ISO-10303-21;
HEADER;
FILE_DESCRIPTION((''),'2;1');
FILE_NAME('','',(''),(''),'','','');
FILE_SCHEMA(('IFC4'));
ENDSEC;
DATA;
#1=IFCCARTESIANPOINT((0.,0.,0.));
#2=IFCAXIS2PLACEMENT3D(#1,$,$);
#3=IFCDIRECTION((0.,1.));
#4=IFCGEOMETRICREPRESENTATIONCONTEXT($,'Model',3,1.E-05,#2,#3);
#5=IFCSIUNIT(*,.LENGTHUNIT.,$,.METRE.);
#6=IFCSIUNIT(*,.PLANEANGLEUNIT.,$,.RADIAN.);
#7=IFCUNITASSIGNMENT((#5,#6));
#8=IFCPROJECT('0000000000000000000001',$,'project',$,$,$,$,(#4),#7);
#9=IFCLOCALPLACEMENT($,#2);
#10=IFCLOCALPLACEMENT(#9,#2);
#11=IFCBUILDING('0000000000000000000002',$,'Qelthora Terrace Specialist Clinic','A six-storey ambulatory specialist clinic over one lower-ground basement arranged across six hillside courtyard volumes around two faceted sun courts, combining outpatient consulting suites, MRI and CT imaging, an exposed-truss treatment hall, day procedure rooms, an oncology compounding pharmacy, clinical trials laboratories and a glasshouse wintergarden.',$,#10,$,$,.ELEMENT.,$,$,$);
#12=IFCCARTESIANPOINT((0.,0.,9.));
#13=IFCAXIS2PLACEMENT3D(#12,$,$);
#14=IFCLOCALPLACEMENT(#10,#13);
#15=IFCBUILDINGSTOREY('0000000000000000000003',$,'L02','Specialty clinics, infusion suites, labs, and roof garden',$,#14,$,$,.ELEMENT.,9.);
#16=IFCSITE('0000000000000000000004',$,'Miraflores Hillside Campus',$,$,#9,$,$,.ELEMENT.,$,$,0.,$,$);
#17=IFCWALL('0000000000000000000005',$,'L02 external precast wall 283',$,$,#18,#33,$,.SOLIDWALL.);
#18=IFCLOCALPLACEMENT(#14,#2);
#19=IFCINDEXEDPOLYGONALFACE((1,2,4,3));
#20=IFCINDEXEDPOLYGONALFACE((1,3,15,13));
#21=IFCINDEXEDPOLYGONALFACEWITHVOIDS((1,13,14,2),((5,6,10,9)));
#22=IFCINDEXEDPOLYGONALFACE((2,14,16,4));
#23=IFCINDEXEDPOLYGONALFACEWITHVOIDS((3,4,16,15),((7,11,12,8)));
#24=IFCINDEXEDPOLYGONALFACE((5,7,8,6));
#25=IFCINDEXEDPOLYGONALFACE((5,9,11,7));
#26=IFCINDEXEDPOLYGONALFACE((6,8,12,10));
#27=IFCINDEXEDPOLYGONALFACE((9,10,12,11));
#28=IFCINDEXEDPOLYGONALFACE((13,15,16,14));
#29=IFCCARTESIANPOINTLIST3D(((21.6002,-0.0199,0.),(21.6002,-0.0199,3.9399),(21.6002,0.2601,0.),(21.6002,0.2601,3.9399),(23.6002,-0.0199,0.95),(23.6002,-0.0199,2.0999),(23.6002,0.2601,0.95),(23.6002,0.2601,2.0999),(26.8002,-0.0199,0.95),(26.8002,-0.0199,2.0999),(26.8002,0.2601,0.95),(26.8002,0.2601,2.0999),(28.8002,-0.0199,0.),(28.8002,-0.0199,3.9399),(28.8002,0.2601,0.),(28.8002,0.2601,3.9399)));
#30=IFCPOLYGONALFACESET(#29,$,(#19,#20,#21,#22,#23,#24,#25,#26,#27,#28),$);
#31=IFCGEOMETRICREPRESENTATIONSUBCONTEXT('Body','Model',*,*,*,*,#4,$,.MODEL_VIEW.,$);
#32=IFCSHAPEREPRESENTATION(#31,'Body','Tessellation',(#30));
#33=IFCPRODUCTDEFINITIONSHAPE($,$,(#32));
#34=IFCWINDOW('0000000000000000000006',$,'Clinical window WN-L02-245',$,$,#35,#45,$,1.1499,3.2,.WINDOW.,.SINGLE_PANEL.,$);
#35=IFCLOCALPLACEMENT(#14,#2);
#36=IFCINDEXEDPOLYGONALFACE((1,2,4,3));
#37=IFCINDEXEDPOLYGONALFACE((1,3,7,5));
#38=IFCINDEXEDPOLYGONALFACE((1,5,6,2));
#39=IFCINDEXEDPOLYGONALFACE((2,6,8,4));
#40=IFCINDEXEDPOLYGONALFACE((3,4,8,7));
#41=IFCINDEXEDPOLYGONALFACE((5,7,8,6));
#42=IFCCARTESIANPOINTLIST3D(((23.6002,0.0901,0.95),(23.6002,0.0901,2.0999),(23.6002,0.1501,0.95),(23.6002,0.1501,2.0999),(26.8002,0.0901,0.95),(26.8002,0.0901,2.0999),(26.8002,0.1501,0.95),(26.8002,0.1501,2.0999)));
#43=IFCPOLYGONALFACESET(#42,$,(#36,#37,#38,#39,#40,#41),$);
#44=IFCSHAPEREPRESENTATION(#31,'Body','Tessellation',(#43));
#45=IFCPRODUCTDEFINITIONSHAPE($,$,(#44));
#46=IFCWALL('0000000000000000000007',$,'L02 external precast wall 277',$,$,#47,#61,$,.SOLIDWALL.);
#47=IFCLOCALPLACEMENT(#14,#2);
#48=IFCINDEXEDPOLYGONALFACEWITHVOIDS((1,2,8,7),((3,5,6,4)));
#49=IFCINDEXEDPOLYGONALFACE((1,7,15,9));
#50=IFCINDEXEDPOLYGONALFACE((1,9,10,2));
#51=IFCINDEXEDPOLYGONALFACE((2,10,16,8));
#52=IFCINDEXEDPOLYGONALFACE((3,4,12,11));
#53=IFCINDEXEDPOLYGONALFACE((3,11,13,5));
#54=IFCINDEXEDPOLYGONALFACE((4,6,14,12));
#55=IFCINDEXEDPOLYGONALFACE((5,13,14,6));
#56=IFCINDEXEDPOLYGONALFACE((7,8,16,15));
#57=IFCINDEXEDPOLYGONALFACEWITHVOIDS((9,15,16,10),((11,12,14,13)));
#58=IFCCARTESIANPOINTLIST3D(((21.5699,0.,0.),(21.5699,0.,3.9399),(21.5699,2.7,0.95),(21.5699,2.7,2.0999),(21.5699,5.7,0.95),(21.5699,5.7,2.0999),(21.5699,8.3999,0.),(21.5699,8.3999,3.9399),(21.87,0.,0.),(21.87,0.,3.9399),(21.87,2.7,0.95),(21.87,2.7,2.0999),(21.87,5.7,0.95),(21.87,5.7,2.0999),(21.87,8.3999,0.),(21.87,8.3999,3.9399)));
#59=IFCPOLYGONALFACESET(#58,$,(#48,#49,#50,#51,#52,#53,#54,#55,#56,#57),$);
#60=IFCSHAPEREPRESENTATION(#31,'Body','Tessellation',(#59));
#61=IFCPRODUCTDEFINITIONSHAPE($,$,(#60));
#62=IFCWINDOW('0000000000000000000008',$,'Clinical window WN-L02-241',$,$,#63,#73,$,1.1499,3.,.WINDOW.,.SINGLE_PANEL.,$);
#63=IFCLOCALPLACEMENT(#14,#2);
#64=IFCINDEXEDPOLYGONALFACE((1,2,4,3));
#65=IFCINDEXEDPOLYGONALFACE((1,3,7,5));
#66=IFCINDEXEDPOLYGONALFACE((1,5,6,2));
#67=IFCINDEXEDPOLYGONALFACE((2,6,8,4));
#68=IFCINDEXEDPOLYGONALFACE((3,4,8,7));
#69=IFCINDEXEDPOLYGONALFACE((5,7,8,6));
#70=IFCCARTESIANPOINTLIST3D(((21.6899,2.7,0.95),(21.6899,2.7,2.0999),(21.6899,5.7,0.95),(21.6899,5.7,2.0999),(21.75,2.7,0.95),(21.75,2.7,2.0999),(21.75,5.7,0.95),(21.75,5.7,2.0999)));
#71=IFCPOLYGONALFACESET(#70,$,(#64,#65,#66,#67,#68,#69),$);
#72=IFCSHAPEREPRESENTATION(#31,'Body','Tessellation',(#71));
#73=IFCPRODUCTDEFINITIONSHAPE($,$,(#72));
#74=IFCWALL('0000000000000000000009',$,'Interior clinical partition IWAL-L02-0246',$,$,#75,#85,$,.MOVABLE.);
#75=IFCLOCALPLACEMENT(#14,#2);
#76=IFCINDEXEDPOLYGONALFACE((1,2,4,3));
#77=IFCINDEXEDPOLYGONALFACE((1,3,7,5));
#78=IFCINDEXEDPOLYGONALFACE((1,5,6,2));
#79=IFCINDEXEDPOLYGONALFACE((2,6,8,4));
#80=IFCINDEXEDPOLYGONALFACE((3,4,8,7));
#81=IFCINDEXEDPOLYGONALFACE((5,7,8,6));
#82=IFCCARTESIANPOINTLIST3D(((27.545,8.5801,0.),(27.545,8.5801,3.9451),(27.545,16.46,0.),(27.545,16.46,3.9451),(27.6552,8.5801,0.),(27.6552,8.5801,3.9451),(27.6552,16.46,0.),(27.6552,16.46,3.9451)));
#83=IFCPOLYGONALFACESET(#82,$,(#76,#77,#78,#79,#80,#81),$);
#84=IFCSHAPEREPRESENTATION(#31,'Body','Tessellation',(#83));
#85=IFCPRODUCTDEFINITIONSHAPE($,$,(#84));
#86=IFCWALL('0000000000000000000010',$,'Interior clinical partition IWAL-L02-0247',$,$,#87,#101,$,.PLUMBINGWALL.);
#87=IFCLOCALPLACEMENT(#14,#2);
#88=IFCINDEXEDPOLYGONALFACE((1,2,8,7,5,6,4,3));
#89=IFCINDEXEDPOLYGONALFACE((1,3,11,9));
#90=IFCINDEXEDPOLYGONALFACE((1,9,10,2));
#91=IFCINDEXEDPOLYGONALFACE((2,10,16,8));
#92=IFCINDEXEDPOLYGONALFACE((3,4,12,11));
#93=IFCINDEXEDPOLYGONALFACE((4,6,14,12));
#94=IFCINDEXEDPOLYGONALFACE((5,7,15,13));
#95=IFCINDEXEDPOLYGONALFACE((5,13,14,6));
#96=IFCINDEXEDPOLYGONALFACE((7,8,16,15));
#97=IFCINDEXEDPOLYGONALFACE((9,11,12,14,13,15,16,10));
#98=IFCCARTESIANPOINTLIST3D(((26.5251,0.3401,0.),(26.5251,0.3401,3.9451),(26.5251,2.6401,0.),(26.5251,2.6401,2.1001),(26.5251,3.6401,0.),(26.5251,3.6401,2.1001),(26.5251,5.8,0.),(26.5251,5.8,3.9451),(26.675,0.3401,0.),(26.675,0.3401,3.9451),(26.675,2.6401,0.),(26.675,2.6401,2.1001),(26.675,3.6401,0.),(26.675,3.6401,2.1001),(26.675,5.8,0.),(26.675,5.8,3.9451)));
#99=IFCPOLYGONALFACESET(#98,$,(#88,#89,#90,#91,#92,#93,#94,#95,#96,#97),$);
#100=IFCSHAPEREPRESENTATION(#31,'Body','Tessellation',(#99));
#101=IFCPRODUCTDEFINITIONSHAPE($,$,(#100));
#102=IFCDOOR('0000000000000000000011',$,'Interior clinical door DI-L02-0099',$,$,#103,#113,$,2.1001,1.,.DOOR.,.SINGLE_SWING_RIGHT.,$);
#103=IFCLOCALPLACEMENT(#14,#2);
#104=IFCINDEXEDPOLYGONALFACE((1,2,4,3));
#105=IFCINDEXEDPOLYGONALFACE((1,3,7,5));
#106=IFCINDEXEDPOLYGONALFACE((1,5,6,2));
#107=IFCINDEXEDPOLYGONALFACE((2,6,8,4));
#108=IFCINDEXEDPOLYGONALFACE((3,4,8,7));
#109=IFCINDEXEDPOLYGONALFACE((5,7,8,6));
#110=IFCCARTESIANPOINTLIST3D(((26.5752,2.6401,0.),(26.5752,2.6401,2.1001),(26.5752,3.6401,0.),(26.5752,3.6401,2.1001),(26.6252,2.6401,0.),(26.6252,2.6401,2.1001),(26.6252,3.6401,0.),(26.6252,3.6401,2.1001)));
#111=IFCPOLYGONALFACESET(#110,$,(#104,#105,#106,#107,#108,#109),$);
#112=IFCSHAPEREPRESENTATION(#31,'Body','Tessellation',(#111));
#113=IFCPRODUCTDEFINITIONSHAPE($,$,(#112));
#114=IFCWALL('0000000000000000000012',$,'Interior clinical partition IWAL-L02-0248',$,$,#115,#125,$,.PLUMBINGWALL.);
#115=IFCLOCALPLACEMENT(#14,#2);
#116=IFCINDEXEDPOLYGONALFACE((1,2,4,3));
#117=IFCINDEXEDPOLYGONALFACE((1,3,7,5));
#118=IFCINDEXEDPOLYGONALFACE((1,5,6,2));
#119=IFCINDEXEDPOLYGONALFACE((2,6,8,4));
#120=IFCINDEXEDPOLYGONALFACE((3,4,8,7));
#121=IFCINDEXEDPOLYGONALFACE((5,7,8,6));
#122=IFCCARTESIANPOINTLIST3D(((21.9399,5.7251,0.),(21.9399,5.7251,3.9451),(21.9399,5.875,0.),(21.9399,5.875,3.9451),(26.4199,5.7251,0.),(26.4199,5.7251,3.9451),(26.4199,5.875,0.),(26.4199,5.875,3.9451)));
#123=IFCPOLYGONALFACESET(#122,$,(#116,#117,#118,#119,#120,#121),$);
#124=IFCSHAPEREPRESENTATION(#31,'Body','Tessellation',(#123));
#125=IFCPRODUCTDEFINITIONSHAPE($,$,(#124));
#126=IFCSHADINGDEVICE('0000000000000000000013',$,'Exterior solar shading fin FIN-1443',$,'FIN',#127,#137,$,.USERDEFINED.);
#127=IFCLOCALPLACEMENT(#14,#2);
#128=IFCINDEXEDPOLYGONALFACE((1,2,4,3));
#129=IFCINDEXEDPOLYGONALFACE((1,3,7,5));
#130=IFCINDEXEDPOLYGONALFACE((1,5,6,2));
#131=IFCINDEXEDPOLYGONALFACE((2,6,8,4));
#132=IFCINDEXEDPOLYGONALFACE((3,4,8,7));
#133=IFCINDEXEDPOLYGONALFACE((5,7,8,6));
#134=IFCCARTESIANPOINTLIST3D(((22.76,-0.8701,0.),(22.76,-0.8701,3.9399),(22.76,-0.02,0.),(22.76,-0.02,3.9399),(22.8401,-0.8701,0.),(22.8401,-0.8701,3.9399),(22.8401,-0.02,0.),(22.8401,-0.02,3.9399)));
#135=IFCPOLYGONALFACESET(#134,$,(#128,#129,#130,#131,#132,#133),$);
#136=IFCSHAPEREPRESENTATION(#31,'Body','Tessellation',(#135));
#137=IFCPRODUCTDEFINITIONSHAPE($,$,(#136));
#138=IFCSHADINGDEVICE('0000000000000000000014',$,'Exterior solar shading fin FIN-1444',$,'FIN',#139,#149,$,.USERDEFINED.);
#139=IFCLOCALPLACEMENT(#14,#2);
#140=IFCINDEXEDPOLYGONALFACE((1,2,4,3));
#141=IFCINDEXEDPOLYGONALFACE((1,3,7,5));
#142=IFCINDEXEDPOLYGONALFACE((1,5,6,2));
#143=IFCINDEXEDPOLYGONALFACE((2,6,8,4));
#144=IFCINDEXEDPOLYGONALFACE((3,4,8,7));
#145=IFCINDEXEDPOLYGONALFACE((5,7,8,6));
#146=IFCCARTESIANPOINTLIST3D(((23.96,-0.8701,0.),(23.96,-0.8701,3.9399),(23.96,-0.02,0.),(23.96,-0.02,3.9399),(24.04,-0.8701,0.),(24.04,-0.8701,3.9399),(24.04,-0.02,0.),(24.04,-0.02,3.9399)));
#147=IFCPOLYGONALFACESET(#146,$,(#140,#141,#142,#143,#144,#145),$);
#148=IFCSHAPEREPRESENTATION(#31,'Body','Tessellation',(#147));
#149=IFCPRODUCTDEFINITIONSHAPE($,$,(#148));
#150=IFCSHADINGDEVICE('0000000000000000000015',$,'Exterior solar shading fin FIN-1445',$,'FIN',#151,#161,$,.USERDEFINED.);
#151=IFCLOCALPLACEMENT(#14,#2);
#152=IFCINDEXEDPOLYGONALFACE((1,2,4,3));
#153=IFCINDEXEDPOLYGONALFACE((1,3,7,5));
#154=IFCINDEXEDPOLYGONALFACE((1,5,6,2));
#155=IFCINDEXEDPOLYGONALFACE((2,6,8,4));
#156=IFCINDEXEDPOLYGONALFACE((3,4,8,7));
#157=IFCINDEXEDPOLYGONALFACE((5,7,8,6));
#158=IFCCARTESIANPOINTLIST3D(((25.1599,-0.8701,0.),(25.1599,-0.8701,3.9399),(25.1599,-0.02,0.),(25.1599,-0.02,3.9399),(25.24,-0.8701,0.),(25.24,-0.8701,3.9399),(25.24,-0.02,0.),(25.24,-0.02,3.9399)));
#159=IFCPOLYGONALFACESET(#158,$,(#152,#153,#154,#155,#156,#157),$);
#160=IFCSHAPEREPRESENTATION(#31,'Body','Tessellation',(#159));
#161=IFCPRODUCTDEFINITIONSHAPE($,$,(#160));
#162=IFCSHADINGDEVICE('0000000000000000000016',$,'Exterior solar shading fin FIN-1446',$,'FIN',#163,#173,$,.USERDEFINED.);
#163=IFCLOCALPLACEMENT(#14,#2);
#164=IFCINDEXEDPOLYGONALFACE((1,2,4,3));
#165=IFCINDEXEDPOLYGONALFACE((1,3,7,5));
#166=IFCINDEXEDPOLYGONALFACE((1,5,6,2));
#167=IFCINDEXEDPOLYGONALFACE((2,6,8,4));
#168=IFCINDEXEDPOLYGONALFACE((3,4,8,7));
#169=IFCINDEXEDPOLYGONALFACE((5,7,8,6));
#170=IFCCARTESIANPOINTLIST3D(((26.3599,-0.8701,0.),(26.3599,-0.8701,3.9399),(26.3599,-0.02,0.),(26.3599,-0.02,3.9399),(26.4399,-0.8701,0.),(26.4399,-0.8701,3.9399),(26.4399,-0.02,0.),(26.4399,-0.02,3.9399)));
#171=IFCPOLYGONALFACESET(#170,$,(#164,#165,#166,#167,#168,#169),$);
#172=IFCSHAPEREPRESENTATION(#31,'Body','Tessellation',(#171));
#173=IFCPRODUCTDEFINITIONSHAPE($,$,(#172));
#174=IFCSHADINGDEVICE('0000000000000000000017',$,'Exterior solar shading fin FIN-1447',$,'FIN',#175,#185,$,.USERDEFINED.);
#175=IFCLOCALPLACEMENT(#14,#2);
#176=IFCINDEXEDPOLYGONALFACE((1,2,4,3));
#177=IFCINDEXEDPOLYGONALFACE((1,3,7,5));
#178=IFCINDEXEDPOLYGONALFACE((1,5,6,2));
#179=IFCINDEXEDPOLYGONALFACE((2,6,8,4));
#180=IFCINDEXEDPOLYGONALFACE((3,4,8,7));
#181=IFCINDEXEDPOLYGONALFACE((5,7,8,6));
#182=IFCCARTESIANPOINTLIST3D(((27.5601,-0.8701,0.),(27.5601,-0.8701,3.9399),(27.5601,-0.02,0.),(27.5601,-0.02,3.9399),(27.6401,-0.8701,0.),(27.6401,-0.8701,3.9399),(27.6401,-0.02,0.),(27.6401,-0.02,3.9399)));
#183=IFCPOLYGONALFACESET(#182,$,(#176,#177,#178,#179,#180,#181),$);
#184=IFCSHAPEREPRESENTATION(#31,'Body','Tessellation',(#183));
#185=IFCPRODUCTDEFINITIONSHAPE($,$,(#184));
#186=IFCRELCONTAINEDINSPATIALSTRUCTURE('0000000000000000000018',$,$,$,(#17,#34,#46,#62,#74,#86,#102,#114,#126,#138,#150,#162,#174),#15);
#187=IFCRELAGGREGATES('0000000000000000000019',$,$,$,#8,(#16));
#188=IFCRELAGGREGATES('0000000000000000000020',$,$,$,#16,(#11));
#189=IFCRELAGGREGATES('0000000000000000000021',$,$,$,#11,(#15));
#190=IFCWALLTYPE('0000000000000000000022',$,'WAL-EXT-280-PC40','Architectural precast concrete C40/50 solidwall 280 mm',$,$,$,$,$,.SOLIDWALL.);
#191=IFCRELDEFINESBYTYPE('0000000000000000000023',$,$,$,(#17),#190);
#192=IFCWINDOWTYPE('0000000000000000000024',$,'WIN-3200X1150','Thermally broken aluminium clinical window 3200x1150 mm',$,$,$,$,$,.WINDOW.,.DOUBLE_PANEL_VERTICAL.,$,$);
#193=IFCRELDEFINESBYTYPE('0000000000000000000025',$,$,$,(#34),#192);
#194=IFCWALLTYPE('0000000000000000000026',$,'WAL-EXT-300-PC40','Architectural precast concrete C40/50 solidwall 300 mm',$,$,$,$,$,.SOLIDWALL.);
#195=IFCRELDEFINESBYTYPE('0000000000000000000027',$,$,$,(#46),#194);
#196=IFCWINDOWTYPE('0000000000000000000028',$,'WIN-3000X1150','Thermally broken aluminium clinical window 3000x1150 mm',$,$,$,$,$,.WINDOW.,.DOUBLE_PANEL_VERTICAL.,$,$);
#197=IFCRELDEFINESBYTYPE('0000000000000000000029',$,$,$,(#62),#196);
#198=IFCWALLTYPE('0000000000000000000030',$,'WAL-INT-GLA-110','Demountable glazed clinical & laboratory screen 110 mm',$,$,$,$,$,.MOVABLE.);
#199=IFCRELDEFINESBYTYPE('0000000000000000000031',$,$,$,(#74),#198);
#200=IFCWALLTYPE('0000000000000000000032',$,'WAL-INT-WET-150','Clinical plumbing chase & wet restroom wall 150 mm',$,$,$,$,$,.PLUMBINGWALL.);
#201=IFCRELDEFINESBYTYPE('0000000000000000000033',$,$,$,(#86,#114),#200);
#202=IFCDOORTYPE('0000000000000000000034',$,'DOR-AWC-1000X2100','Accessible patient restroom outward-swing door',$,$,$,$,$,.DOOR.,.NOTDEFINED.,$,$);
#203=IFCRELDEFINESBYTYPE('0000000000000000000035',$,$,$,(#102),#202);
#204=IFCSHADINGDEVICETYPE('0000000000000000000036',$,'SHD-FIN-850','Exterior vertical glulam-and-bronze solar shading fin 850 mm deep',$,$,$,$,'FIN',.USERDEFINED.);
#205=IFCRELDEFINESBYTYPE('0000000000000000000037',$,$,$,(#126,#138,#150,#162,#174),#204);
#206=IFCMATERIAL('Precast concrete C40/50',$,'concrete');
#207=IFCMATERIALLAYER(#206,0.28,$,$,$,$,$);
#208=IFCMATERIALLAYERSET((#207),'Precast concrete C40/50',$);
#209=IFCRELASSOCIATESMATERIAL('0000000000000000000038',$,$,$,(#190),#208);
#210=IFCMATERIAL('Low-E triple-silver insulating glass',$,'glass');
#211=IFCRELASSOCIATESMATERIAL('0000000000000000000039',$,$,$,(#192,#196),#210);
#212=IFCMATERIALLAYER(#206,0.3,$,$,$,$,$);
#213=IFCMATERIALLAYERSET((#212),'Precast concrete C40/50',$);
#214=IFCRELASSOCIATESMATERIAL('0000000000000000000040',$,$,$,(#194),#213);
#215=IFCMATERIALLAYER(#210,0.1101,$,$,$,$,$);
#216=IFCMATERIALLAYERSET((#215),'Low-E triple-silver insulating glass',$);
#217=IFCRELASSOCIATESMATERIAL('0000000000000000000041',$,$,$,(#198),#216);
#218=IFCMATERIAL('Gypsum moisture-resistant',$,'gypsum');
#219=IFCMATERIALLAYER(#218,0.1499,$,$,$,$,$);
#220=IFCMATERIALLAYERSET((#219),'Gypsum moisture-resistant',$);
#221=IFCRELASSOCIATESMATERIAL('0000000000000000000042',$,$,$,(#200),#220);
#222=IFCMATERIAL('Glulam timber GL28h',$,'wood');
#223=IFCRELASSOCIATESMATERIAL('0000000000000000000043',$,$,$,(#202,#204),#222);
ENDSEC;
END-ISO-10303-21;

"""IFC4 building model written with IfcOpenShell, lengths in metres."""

from ifc_helpers import new_model, si_unit, direction, frame, frame_2d, origin, origin_2d, place, context, subcontext, project, spatial, rectangle, extrude, material, layer, layer_set, type_object, element, fill, save


model = new_model("IFC4")

# Units and contexts
model_context = context("Model", 3, precision=1e-05, world=origin(), true_north=direction((0.0, 1.0)))
body_context = subcontext(model_context, "Body", "Model", "MODEL_VIEW")
ifc_project = project(units=[si_unit("LENGTHUNIT", "METRE"), si_unit("PLANEANGLEUNIT", "RADIAN")], contexts=[model_context])

# Site, building, storey
site_placement = place(None, origin())
site = spatial("IfcSite", under=ifc_project, at=site_placement, Name="Miraflores Hillside Campus", CompositionType="ELEMENT", RefElevation=0.0)
building_placement = place(site_placement, origin())
building = spatial("IfcBuilding", under=site, at=building_placement, Name="Qelthora Terrace Specialist Clinic", Description="A six-storey ambulatory specialist clinic over one lower-ground basement arranged across six hillside courtyard volumes around two faceted sun courts, combining outpatient consulting suites, MRI and CT imaging, an exposed-truss treatment hall, day procedure rooms, an oncology compounding pharmacy, clinical trials laboratories and a glasshouse wintergarden.", CompositionType="ELEMENT")
storey_placement = place(building_placement, frame((0.0, 0.0, 9.0)))
storey = spatial("IfcBuildingStorey", under=building, at=storey_placement, Name="L02", Description="Specialty clinics, infusion suites, labs, and roof garden", CompositionType="ELEMENT", Elevation=9.0)

# Walls, openings, windows
ifc_material_1 = material(Name="Precast concrete C40/50", Category="concrete")
ifc_material_2 = material(Name="Low-E triple-silver insulating glass", Category="glass")
ifc_layer_1 = layer(ifc_material_1, 0.28)
ifc_layer_set_1 = layer_set([ifc_layer_1], Name="Precast concrete C40/50")
wall_type_1 = type_object("IfcWallType", Name="WAL-EXT-280-PC40", Description="Architectural precast concrete C40/50 solidwall 280 mm", PredefinedType="SOLIDWALL", material=ifc_layer_set_1)
wall_1_placement = place(storey_placement, frame((21.6001, 0.1201, 0.0), z_axis=(0.0, 0.0, 1.0), x_axis=(1.0, 0.0, 0.0)))
wall_1 = element("IfcWall", 1, at=wall_1_placement, inside=storey, type_object=wall_type_1, Name="L02 external precast wall 283", PredefinedType="SOLIDWALL", context=body_context, shape_type="SweptSolid", body=[
    extrude(rectangle(XDim=7.2, YDim=0.28, at=frame_2d((3.6001, 0.0))), origin(), (0.0, 0.0, 1.0), 3.9399),
])
opening_1_placement = place(wall_1_placement, frame((2.0, 0.0, 0.95)))
opening_1 = element("IfcOpeningElement", 2, at=opening_1_placement, cuts=wall_1, PredefinedType="OPENING", context=body_context, shape_type="SweptSolid", body=[
    extrude(rectangle(XDim=3.2, YDim=1.1499, at=frame_2d((1.6001, 0.575))), frame((0.0, 0.1499, 0.0), z_axis=(0.0, -1.0, 0.0), x_axis=(1.0, 0.0, 0.0)), (0.0, 0.0, 1.0), 0.3),
])
window_type_1 = type_object("IfcWindowType", Name="WIN-3200X1150", Description="Thermally broken aluminium clinical window 3200x1150 mm", PartitioningType="DOUBLE_PANEL_VERTICAL", PredefinedType="WINDOW", material=ifc_material_2)
window_1_placement = place(opening_1_placement, origin())
window_1 = element("IfcWindow", 3, at=window_1_placement, inside=storey, type_object=window_type_1, Name="Clinical window WN-L02-245", OverallHeight=1.1499, OverallWidth=3.2, PartitioningType="SINGLE_PANEL", PredefinedType="WINDOW", context=body_context, shape_type="SweptSolid", body=[
    extrude(rectangle(XDim=3.2, YDim=1.1499, at=frame_2d((1.6001, 0.575))), frame((0.0, 0.03, 0.0), z_axis=(0.0, -1.0, 0.0), x_axis=(1.0, 0.0, 0.0)), (0.0, 0.0, 1.0), 0.0601),
])
fill(opening_1, window_1)
ifc_layer_2 = layer(ifc_material_1, 0.3)
ifc_layer_set_2 = layer_set([ifc_layer_2], Name="Precast concrete C40/50")
wall_type_2 = type_object("IfcWallType", Name="WAL-EXT-300-PC40", Description="Architectural precast concrete C40/50 solidwall 300 mm", PredefinedType="SOLIDWALL", material=ifc_layer_set_2)
wall_2_placement = place(storey_placement, frame((21.72, 0.0, 0.0), z_axis=(0.0, 0.0, 1.0), x_axis=(0.0, 1.0, 0.0)))
wall_2 = element("IfcWall", 4, at=wall_2_placement, inside=storey, type_object=wall_type_2, Name="L02 external precast wall 277", PredefinedType="SOLIDWALL", context=body_context, shape_type="SweptSolid", body=[
    extrude(rectangle(XDim=8.3999, YDim=0.3, at=frame_2d((4.2, 0.0))), origin(), (0.0, 0.0, 1.0), 3.9399),
])
opening_2_placement = place(wall_2_placement, frame((2.7, 0.0, 0.95)))
opening_2 = element("IfcOpeningElement", 5, at=opening_2_placement, cuts=wall_2, PredefinedType="OPENING", context=body_context, shape_type="SweptSolid", body=[
    extrude(rectangle(XDim=3.0, YDim=1.1499, at=frame_2d((1.5, 0.575))), frame((0.0, 0.1599, 0.0), z_axis=(0.0, -1.0, 0.0), x_axis=(1.0, 0.0, 0.0)), (0.0, 0.0, 1.0), 0.3201),
])
window_type_2 = type_object("IfcWindowType", Name="WIN-3000X1150", Description="Thermally broken aluminium clinical window 3000x1150 mm", PartitioningType="DOUBLE_PANEL_VERTICAL", PredefinedType="WINDOW", material=ifc_material_2)
window_2_placement = place(opening_2_placement, origin())
window_2 = element("IfcWindow", 6, at=window_2_placement, inside=storey, type_object=window_type_2, Name="Clinical window WN-L02-241", OverallHeight=1.1499, OverallWidth=3.0, PartitioningType="SINGLE_PANEL", PredefinedType="WINDOW", context=body_context, shape_type="SweptSolid", body=[
    extrude(rectangle(XDim=3.0, YDim=1.1499, at=frame_2d((1.5, 0.575))), frame((0.0, 0.03, 0.0), z_axis=(0.0, -1.0, 0.0), x_axis=(1.0, 0.0, 0.0)), (0.0, 0.0, 1.0), 0.0601),
])
fill(opening_2, window_2)

# Wall
ifc_layer_3 = layer(ifc_material_2, 0.1101)
ifc_layer_set_3 = layer_set([ifc_layer_3], Name="Low-E triple-silver insulating glass")
wall_type_3 = type_object("IfcWallType", Name="WAL-INT-GLA-110", Description="Demountable glazed clinical & laboratory screen 110 mm", PredefinedType="MOVABLE", material=ifc_layer_set_3)
wall_3_placement = place(storey_placement, frame((27.6001, 8.5801, 0.0), z_axis=(0.0, 0.0, 1.0), x_axis=(0.0, 1.0, 0.0)))
element("IfcWall", 7, at=wall_3_placement, inside=storey, type_object=wall_type_3, Name="Interior clinical partition IWAL-L02-0246", PredefinedType="MOVABLE", context=body_context, shape_type="SweptSolid", body=[
    extrude(rectangle(XDim=7.8799, YDim=0.1101, at=frame_2d((3.9399, 0.0))), origin(), (0.0, 0.0, 1.0), 3.9451),
])

# Wall, opening, door
ifc_material_3 = material(Name="Gypsum moisture-resistant", Category="gypsum")
ifc_layer_4 = layer(ifc_material_3, 0.1499)
ifc_layer_set_4 = layer_set([ifc_layer_4], Name="Gypsum moisture-resistant")
wall_type_4 = type_object("IfcWallType", Name="WAL-INT-WET-150", Description="Clinical plumbing chase & wet restroom wall 150 mm", PredefinedType="PLUMBINGWALL", material=ifc_layer_set_4)
wall_4_placement = place(storey_placement, frame((26.6001, 5.8, 0.0), z_axis=(0.0, 0.0, 1.0), x_axis=(0.0, -1.0, 0.0)))
wall_4 = element("IfcWall", 8, at=wall_4_placement, inside=storey, type_object=wall_type_4, Name="Interior clinical partition IWAL-L02-0247", PredefinedType="PLUMBINGWALL", context=body_context, shape_type="SweptSolid", body=[
    extrude(rectangle(XDim=5.46, YDim=0.1499, at=frame_2d((2.73, 0.0))), origin(), (0.0, 0.0, 1.0), 3.9451),
])
opening_3_placement = place(wall_4_placement, frame((2.1599, 0.0, 0.0)))
opening_3 = element("IfcOpeningElement", 9, at=opening_3_placement, cuts=wall_4, PredefinedType="OPENING", context=body_context, shape_type="SweptSolid", body=[
    extrude(rectangle(XDim=1.0, YDim=2.1001, at=frame_2d((0.5, 1.05))), frame((0.0, 0.085, 0.0), z_axis=(0.0, -1.0, 0.0), x_axis=(1.0, 0.0, 0.0)), (0.0, 0.0, 1.0), 0.1699),
])
ifc_material_4 = material(Name="Glulam timber GL28h", Category="wood")
door_type = type_object("IfcDoorType", Name="DOR-AWC-1000X2100", Description="Accessible patient restroom outward-swing door", OperationType="NOTDEFINED", PredefinedType="DOOR", material=ifc_material_4)
door_placement = place(opening_3_placement, frame((1.0, 0.0, 0.0), z_axis=(0.0, 0.0, 1.0), x_axis=(-1.0, 0.0, 0.0)))
door = element("IfcDoor", 10, at=door_placement, inside=storey, type_object=door_type, Name="Interior clinical door DI-L02-0099", OperationType="SINGLE_SWING_RIGHT", OverallHeight=2.1001, OverallWidth=1.0, PredefinedType="DOOR", context=body_context, shape_type="SweptSolid", body=[
    extrude(rectangle(XDim=1.0, YDim=2.1001, at=frame_2d((0.5, 1.05))), frame((0.0, 0.0249, 0.0), z_axis=(0.0, -1.0, 0.0), x_axis=(1.0, 0.0, 0.0)), (0.0, 0.0, 1.0), 0.05),
])
fill(opening_3, door)

# Wall
wall_5_placement = place(storey_placement, frame((21.9399, 5.8, 0.0), z_axis=(0.0, 0.0, 1.0), x_axis=(1.0, 0.0, 0.0)))
element("IfcWall", 11, at=wall_5_placement, inside=storey, type_object=wall_type_4, Name="Interior clinical partition IWAL-L02-0248", PredefinedType="PLUMBINGWALL", context=body_context, shape_type="SweptSolid", body=[
    extrude(rectangle(XDim=4.48, YDim=0.1499, at=frame_2d((2.24, 0.0))), origin(), (0.0, 0.0, 1.0), 3.9451),
])

# Shading devices
shading_device_type = type_object("IfcShadingDeviceType", Name="SHD-FIN-850", Description="Exterior vertical glulam-and-bronze solar shading fin 850 mm deep", ElementType="FIN", PredefinedType="USERDEFINED", material=ifc_material_4)
for number, where, z_axis, x_axis, name in (
    (12, (22.8, -0.4451, 0.0), (0.0, 0.0, 1.0), (0.0, -1.0, 0.0), "Exterior solar shading fin FIN-1443"),
    (13, (24.0, -0.4451, 0.0), (0.0, 0.0, 1.0), (0.0, -1.0, 0.0), "Exterior solar shading fin FIN-1444"),
    (14, (25.2, -0.4451, 0.0), (0.0, 0.0, 1.0), (0.0, -1.0, 0.0), "Exterior solar shading fin FIN-1445"),
    (15, (26.3999, -0.4451, 0.0), (0.0, 0.0, 1.0), (0.0, -1.0, 0.0), "Exterior solar shading fin FIN-1446"),
    (16, (27.6001, -0.4451, 0.0), (0.0, 0.0, 1.0), (0.0, -1.0, 0.0), "Exterior solar shading fin FIN-1447"),
):
    element("IfcShadingDevice", number, at=place(storey_placement, frame(where, z_axis=z_axis, x_axis=x_axis)), inside=storey, type_object=shading_device_type, Name=name, ObjectType="FIN", PredefinedType="USERDEFINED", context=body_context, shape_type="SweptSolid", body=[
        extrude(rectangle(XDim=0.8501, YDim=0.0801, at=origin_2d()), origin(), (0.0, 0.0, 1.0), 3.9399),
    ])

save(model, "model.ifc")
